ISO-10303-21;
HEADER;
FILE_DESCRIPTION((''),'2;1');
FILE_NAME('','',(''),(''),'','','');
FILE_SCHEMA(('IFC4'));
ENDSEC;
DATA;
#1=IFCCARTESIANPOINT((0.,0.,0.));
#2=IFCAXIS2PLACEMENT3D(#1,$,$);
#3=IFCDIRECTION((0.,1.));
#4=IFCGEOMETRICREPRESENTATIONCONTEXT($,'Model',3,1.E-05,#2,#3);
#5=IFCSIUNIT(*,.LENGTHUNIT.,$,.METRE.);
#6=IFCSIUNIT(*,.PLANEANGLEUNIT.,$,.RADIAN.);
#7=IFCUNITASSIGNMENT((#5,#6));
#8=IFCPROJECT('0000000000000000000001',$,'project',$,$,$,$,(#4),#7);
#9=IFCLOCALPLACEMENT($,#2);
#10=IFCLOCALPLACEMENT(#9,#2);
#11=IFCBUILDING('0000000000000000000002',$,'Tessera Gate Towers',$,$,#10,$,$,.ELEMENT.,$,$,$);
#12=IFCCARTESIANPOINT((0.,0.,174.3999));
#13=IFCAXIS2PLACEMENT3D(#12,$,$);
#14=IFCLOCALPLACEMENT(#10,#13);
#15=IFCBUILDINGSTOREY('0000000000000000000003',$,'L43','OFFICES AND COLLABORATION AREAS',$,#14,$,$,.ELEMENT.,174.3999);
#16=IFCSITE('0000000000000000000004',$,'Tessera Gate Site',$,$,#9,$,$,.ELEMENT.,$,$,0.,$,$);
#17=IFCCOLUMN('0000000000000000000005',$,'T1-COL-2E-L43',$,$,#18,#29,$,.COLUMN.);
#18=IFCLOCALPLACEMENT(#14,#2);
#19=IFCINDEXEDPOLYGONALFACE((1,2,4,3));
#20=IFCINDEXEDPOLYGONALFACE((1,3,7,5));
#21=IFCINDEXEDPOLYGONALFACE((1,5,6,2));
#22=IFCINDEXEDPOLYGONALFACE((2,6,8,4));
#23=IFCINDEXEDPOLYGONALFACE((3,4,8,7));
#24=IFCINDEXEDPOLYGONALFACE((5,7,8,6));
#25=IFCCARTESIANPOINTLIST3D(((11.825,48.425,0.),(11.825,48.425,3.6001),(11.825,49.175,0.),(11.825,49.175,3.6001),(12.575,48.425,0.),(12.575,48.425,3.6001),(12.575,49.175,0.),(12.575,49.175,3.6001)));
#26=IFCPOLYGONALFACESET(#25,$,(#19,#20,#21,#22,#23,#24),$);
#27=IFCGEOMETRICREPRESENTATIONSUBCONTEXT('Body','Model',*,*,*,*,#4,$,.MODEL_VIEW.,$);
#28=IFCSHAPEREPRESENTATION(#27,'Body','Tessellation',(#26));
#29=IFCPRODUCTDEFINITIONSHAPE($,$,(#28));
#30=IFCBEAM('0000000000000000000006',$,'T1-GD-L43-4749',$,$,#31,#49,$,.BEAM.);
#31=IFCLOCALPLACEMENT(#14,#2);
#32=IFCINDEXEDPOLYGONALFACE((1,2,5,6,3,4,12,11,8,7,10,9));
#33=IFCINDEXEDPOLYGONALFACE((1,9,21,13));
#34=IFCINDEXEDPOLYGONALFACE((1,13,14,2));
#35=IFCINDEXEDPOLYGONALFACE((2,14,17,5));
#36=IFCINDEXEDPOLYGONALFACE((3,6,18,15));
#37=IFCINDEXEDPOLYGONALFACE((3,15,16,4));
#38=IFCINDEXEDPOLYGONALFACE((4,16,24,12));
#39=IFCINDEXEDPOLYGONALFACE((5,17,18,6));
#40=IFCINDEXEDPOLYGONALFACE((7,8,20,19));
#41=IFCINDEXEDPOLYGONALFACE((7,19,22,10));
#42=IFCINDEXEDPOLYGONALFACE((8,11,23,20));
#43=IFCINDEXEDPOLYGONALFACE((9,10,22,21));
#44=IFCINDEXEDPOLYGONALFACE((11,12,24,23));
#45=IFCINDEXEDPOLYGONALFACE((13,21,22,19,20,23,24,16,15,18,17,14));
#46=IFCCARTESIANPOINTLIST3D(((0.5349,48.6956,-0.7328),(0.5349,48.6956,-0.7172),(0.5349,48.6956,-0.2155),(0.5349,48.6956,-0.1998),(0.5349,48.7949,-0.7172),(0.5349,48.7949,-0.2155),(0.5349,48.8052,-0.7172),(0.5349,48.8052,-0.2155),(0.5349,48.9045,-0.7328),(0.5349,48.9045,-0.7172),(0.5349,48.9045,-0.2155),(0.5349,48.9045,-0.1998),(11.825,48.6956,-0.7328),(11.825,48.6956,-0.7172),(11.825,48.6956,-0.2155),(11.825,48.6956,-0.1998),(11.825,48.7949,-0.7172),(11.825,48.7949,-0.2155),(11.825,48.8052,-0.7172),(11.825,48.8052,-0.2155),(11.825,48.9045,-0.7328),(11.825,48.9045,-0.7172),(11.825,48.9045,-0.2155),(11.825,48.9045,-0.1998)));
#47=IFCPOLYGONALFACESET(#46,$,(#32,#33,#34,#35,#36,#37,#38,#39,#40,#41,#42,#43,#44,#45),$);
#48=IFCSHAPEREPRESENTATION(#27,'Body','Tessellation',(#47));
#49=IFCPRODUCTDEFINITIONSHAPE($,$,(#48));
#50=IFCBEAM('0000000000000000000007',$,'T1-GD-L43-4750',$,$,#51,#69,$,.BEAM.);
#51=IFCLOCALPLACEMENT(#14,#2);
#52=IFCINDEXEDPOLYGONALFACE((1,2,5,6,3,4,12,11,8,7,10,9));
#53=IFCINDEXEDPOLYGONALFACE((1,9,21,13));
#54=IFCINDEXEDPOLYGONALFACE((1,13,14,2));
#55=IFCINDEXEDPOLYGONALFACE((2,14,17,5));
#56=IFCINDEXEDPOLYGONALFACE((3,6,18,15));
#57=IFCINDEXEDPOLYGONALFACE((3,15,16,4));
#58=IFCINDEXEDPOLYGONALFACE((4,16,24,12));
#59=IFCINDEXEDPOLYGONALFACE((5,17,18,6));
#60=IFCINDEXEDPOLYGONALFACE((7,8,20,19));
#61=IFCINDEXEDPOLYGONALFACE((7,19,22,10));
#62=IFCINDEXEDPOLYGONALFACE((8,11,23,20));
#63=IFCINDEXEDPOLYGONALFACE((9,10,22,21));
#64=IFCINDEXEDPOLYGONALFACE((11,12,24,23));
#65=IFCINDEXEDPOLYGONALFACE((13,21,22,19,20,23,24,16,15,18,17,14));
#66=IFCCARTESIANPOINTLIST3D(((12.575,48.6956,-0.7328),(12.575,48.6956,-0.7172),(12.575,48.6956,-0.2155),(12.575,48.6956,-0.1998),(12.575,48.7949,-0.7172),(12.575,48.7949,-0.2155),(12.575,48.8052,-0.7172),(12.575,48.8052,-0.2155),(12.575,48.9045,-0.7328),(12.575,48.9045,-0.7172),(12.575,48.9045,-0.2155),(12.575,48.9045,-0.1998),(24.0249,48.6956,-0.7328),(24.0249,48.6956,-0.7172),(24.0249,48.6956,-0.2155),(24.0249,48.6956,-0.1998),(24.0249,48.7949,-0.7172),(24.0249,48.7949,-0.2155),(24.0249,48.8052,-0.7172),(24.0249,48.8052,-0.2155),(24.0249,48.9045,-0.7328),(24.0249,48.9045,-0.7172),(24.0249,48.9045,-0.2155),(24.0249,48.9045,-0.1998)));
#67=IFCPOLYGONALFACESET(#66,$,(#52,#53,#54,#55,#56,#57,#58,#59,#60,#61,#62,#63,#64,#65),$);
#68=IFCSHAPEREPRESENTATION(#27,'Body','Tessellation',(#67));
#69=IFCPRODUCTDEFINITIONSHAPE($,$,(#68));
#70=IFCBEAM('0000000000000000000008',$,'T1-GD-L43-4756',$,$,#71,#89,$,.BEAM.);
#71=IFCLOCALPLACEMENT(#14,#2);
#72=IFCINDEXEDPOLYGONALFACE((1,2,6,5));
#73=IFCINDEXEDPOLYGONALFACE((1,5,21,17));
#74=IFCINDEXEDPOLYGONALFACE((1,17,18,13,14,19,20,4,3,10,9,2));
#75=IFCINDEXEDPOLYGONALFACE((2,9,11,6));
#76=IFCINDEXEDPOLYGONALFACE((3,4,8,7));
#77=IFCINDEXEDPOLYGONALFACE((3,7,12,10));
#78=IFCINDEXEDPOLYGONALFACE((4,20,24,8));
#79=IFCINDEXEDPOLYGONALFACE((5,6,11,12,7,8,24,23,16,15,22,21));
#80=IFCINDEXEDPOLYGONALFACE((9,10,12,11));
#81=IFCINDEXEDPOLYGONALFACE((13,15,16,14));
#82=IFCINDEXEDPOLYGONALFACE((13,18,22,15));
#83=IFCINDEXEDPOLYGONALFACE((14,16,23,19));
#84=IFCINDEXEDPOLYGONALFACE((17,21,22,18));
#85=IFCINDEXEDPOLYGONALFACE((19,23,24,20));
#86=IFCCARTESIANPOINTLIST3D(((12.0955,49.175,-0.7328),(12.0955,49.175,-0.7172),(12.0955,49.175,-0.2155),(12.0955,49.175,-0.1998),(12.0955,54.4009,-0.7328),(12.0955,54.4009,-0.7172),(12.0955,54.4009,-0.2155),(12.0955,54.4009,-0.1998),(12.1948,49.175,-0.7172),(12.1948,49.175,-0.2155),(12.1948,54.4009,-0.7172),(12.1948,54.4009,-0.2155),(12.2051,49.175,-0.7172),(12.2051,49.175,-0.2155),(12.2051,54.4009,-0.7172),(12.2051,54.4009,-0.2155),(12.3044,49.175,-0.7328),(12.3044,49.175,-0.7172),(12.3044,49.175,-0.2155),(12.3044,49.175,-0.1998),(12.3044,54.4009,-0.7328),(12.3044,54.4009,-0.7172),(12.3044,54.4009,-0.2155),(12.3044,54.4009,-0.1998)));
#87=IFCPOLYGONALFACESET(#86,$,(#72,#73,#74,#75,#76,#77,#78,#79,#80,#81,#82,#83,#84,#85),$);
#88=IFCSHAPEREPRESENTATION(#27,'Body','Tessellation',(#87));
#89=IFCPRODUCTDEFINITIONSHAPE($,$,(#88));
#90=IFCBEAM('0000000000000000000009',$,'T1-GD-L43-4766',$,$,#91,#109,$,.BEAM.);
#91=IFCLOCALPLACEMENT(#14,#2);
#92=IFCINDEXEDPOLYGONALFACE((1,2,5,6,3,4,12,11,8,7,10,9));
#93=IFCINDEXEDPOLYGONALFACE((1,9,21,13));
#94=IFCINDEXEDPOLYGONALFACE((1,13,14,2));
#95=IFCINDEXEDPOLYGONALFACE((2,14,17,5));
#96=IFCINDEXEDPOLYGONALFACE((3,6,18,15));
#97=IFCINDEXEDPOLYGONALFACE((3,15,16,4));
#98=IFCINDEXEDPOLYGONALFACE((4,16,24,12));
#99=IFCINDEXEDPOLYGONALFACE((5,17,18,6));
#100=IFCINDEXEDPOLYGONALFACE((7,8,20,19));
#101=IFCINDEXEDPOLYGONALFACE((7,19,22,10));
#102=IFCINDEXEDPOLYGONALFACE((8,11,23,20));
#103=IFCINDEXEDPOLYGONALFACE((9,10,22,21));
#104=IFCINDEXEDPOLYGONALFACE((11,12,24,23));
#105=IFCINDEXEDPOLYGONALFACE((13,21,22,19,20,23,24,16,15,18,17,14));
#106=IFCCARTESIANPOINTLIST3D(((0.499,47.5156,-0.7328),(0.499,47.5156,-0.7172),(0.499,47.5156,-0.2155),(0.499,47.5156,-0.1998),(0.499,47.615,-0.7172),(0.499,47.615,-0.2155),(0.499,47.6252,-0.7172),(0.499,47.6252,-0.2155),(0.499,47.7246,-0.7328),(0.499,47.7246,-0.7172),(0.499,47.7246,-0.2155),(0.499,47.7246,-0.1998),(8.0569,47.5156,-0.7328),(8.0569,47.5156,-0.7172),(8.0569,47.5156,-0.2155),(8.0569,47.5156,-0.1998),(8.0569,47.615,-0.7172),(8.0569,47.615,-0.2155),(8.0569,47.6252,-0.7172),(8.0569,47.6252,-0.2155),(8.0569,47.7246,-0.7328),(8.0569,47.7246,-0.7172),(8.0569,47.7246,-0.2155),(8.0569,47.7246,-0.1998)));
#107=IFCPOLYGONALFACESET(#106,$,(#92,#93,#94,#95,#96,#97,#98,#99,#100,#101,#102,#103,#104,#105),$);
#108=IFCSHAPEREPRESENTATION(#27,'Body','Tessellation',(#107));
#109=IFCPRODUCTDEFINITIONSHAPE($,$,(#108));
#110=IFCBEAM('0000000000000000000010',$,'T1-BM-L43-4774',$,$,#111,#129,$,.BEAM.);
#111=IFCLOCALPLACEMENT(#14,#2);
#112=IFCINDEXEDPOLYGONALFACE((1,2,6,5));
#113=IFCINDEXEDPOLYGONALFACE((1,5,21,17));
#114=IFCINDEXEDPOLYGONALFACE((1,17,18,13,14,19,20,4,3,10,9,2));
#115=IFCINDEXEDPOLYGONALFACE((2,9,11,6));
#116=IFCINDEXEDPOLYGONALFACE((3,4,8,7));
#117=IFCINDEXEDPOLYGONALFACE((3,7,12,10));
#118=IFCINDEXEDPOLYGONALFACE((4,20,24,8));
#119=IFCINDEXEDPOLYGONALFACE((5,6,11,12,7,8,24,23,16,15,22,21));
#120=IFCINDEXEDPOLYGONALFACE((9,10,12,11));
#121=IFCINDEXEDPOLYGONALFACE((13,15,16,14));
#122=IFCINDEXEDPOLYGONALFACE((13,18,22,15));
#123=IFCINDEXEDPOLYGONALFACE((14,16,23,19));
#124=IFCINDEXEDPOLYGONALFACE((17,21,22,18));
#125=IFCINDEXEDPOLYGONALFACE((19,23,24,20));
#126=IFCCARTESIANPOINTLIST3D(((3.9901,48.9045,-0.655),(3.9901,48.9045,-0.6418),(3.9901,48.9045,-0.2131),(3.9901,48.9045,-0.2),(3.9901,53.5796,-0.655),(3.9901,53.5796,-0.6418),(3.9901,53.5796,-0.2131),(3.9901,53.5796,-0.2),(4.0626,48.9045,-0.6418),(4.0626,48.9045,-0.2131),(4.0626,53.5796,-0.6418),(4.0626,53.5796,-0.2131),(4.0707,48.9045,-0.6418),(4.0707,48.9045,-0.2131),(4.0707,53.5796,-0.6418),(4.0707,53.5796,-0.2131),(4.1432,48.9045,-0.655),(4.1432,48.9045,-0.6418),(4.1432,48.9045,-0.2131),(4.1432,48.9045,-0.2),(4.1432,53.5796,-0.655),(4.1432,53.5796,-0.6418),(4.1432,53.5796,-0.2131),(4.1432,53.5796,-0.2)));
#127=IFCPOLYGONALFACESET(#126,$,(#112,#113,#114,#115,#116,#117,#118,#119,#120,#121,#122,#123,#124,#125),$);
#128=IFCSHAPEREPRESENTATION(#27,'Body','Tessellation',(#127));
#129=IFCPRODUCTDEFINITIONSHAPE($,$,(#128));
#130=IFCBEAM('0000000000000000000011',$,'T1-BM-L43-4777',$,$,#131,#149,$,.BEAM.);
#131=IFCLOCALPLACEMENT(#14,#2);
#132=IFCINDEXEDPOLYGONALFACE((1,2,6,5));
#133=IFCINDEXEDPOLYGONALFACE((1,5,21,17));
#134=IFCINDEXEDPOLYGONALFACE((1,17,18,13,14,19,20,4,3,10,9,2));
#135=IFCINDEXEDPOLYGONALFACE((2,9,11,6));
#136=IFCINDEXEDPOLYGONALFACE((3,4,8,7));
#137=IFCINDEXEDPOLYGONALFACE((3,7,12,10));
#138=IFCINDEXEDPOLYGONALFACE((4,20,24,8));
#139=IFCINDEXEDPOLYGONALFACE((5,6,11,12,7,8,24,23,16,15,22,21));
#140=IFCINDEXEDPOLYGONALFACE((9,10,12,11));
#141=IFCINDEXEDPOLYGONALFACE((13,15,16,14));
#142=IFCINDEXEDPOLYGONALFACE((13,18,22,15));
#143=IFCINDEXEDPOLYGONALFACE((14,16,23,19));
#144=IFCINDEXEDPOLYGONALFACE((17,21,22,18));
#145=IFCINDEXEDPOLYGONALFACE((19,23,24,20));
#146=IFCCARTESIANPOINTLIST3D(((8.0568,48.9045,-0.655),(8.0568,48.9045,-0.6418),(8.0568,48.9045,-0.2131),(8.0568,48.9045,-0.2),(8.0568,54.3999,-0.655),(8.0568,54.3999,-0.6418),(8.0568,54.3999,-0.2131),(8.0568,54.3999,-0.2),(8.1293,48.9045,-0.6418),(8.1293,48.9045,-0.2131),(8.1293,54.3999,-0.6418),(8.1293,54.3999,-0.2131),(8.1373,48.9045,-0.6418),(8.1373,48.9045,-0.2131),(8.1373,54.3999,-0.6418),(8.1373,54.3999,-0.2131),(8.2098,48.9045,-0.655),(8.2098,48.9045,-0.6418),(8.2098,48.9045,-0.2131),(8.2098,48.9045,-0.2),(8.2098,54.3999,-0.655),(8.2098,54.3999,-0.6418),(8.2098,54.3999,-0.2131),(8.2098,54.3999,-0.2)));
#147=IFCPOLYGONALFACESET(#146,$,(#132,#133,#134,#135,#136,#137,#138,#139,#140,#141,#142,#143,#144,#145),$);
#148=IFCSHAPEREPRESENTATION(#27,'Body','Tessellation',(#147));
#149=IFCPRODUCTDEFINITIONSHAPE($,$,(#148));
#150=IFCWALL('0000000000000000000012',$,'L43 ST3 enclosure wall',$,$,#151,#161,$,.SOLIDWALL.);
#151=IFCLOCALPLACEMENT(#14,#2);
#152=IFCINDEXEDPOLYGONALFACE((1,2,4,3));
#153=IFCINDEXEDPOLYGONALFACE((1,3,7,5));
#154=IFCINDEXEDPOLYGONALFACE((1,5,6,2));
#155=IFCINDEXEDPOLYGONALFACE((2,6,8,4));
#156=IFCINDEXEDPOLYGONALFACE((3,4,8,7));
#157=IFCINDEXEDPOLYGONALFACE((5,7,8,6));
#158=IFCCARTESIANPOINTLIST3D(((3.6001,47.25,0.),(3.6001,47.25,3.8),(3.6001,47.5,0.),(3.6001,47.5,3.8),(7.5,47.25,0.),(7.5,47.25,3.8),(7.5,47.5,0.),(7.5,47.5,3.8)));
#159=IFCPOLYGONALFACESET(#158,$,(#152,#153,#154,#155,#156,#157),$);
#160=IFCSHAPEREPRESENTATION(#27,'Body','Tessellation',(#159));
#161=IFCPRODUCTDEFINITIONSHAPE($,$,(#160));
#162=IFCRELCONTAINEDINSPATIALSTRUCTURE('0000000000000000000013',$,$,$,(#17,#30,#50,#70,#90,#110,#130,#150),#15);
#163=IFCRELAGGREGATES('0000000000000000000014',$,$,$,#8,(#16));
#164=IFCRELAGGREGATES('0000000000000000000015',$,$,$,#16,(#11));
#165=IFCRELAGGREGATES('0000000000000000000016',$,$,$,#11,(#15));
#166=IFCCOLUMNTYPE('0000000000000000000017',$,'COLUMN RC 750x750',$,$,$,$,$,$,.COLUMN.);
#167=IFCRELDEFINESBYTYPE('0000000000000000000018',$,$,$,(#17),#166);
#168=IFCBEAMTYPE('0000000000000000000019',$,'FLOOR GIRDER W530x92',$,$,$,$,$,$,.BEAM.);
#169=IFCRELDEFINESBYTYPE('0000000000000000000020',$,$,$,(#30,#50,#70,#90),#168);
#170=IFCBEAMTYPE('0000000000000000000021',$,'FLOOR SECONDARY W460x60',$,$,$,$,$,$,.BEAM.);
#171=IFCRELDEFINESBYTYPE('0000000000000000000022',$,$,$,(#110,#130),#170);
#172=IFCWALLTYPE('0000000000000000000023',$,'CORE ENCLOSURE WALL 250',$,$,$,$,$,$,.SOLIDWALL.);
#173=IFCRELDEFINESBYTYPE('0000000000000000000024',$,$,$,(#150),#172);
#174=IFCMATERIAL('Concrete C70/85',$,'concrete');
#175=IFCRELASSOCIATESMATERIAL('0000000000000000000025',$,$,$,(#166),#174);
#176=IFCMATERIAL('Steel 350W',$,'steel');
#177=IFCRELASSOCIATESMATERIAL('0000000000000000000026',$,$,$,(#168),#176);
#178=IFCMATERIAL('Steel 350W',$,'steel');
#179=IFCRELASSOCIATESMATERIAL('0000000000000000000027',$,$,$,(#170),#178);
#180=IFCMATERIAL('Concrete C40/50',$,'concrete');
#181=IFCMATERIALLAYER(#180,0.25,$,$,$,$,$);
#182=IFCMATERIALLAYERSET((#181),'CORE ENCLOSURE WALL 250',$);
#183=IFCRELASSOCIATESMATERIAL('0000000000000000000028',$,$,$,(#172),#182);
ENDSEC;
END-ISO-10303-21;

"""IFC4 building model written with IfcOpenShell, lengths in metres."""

from ifc_helpers import new_model, si_unit, direction, frame, frame_2d, origin, origin_2d, place, context, subcontext, project, spatial, rectangle, i_section, extrude, material, layer, layer_set, material_profile, profile_set, type_object, element, save


model = new_model("IFC4")

# Units and contexts
model_context = context("Model", 3, precision=1e-05, world=origin(), true_north=direction((0.0, 1.0)))
body_context = subcontext(model_context, "Body", "Model", "MODEL_VIEW")
ifc_project = project(units=[si_unit("LENGTHUNIT", "METRE"), si_unit("PLANEANGLEUNIT", "RADIAN")], contexts=[model_context])

# Site, building, storey
site_placement = place(None, origin())
site = spatial("IfcSite", under=ifc_project, at=site_placement, Name="Tessera Gate Site", CompositionType="ELEMENT", RefElevation=0.0)
building_placement = place(site_placement, origin())
building = spatial("IfcBuilding", under=site, at=building_placement, Name="Tessera Gate Towers", CompositionType="ELEMENT")
storey_placement = place(building_placement, frame((0.0, 0.0, 174.3999)))
storey = spatial("IfcBuildingStorey", under=building, at=storey_placement, Name="L43", Description="OFFICES AND COLLABORATION AREAS", CompositionType="ELEMENT", Elevation=174.3999)

# Column
ifc_material_1 = material(Name="Concrete C70/85", Category="concrete")
ifc_material_profile_1 = material_profile(ifc_material_1, rectangle(XDim=0.75, YDim=0.75, at=origin_2d()), Name="RC 750x750")
ifc_profile_set_1 = profile_set([ifc_material_profile_1], Name="Concrete C70/85")
column_type = type_object("IfcColumnType", Name="COLUMN RC 750x750", PredefinedType="COLUMN", material=ifc_profile_set_1)
column_placement = place(storey_placement, frame((12.2, 48.8, 0.0), z_axis=(0.0, 0.0, 1.0), x_axis=(1.0, 0.0, 0.0)))
element("IfcColumn", 1, at=column_placement, inside=storey, type_object=column_type, Name="T1-COL-2E-L43", PredefinedType="COLUMN", context=body_context, shape_type="SweptSolid", body=[
    extrude(rectangle(XDim=0.75, YDim=0.75, at=origin_2d()), origin(), (0.0, 0.0, 1.0), 3.6001),
])

# Beams
ifc_material_2 = material(Name="Steel 350W", Category="steel")
ifc_material_profile_2 = material_profile(ifc_material_2, i_section(OverallWidth=0.209, OverallDepth=0.533, WebThickness=0.0103, FlangeThickness=0.0156, at=origin_2d()), Name="W530x92")
ifc_profile_set_2 = profile_set([ifc_material_profile_2], Name="Steel 350W")
beam_type_1 = type_object("IfcBeamType", Name="FLOOR GIRDER W530x92", PredefinedType="BEAM", material=ifc_profile_set_2)
beam_1_placement = place(storey_placement, frame((0.5349, 48.8, -0.4663), z_axis=(1.0, 0.0, 0.0), x_axis=(0.0, 1.0, 0.0)))
element("IfcBeam", 2, at=beam_1_placement, inside=storey, type_object=beam_type_1, Name="T1-GD-L43-4749", PredefinedType="BEAM", context=body_context, shape_type="SweptSolid", body=[
    extrude(i_section(OverallWidth=0.209, OverallDepth=0.533, WebThickness=0.0103, FlangeThickness=0.0156, at=origin_2d()), origin(), (0.0, 0.0, 1.0), 11.29),
])
beam_2_placement = place(storey_placement, frame((12.575, 48.8, -0.4663), z_axis=(1.0, 0.0, 0.0), x_axis=(0.0, 1.0, 0.0)))
element("IfcBeam", 3, at=beam_2_placement, inside=storey, type_object=beam_type_1, Name="T1-GD-L43-4750", PredefinedType="BEAM", context=body_context, shape_type="SweptSolid", body=[
    extrude(i_section(OverallWidth=0.209, OverallDepth=0.533, WebThickness=0.0103, FlangeThickness=0.0156, at=origin_2d()), origin(), (0.0, 0.0, 1.0), 11.45),
])
beam_3_placement = place(storey_placement, frame((12.2, 49.175, -0.4663), z_axis=(0.0, 1.0, 0.0), x_axis=(-1.0, 0.0, 0.0)))
element("IfcBeam", 4, at=beam_3_placement, inside=storey, type_object=beam_type_1, Name="T1-GD-L43-4756", PredefinedType="BEAM", context=body_context, shape_type="SweptSolid", body=[
    extrude(i_section(OverallWidth=0.209, OverallDepth=0.533, WebThickness=0.0103, FlangeThickness=0.0156, at=origin_2d()), origin(), (0.0, 0.0, 1.0), 5.2258),
])
beam_4_placement = place(storey_placement, frame((0.499, 47.6201, -0.4663), z_axis=(1.0, 0.0, 0.0), x_axis=(0.0, 1.0, 0.0)))
element("IfcBeam", 5, at=beam_4_placement, inside=storey, type_object=beam_type_1, Name="T1-GD-L43-4766", PredefinedType="BEAM", context=body_context, shape_type="SweptSolid", body=[
    extrude(i_section(OverallWidth=0.209, OverallDepth=0.533, WebThickness=0.0103, FlangeThickness=0.0156, at=origin_2d()), origin(), (0.0, 0.0, 1.0), 7.5579),
])
ifc_material_3 = material(Name="Steel 350W", Category="steel")
ifc_material_profile_3 = material_profile(ifc_material_3, i_section(OverallWidth=0.1531, OverallDepth=0.4551, WebThickness=0.0081, FlangeThickness=0.0132, at=origin_2d()), Name="W460x60")
ifc_profile_set_3 = profile_set([ifc_material_profile_3], Name="Steel 350W")
beam_type_2 = type_object("IfcBeamType", Name="FLOOR SECONDARY W460x60", PredefinedType="BEAM", material=ifc_profile_set_3)
beam_5_placement = place(storey_placement, frame((4.0667, 48.9045, -0.4275), z_axis=(0.0, 1.0, 0.0), x_axis=(-1.0, 0.0, 0.0)))
element("IfcBeam", 6, at=beam_5_placement, inside=storey, type_object=beam_type_2, Name="T1-BM-L43-4774", PredefinedType="BEAM", context=body_context, shape_type="SweptSolid", body=[
    extrude(i_section(OverallWidth=0.1531, OverallDepth=0.4551, WebThickness=0.0081, FlangeThickness=0.0132, at=origin_2d()), origin(), (0.0, 0.0, 1.0), 4.675),
])
beam_6_placement = place(storey_placement, frame((8.1333, 48.9045, -0.4275), z_axis=(0.0, 1.0, 0.0), x_axis=(-1.0, 0.0, 0.0)))
element("IfcBeam", 7, at=beam_6_placement, inside=storey, type_object=beam_type_2, Name="T1-BM-L43-4777", PredefinedType="BEAM", context=body_context, shape_type="SweptSolid", body=[
    extrude(i_section(OverallWidth=0.1531, OverallDepth=0.4551, WebThickness=0.0081, FlangeThickness=0.0132, at=origin_2d()), origin(), (0.0, 0.0, 1.0), 5.4954),
])

# Wall
ifc_material_4 = material(Name="Concrete C40/50", Category="concrete")
ifc_layer_1 = layer(ifc_material_4, 0.25)
ifc_layer_set_1 = layer_set([ifc_layer_1], Name="CORE ENCLOSURE WALL 250")
wall_type_1 = type_object("IfcWallType", Name="CORE ENCLOSURE WALL 250", PredefinedType="SOLIDWALL", material=ifc_layer_set_1)
wall_1_placement = place(storey_placement, frame((3.6001, 47.375, 0.0), z_axis=(0.0, 0.0, 1.0), x_axis=(1.0, 0.0, 0.0)))
element("IfcWall", 8, at=wall_1_placement, inside=storey, type_object=wall_type_1, Name="L43 ST3 enclosure wall", PredefinedType="SOLIDWALL", context=body_context, shape_type="SweptSolid", body=[
    extrude(rectangle(XDim=3.8999, YDim=0.25, at=frame_2d((1.95, 0.0))), origin(), (0.0, 0.0, 1.0), 3.8),
])

save(model, "model.ifc")
